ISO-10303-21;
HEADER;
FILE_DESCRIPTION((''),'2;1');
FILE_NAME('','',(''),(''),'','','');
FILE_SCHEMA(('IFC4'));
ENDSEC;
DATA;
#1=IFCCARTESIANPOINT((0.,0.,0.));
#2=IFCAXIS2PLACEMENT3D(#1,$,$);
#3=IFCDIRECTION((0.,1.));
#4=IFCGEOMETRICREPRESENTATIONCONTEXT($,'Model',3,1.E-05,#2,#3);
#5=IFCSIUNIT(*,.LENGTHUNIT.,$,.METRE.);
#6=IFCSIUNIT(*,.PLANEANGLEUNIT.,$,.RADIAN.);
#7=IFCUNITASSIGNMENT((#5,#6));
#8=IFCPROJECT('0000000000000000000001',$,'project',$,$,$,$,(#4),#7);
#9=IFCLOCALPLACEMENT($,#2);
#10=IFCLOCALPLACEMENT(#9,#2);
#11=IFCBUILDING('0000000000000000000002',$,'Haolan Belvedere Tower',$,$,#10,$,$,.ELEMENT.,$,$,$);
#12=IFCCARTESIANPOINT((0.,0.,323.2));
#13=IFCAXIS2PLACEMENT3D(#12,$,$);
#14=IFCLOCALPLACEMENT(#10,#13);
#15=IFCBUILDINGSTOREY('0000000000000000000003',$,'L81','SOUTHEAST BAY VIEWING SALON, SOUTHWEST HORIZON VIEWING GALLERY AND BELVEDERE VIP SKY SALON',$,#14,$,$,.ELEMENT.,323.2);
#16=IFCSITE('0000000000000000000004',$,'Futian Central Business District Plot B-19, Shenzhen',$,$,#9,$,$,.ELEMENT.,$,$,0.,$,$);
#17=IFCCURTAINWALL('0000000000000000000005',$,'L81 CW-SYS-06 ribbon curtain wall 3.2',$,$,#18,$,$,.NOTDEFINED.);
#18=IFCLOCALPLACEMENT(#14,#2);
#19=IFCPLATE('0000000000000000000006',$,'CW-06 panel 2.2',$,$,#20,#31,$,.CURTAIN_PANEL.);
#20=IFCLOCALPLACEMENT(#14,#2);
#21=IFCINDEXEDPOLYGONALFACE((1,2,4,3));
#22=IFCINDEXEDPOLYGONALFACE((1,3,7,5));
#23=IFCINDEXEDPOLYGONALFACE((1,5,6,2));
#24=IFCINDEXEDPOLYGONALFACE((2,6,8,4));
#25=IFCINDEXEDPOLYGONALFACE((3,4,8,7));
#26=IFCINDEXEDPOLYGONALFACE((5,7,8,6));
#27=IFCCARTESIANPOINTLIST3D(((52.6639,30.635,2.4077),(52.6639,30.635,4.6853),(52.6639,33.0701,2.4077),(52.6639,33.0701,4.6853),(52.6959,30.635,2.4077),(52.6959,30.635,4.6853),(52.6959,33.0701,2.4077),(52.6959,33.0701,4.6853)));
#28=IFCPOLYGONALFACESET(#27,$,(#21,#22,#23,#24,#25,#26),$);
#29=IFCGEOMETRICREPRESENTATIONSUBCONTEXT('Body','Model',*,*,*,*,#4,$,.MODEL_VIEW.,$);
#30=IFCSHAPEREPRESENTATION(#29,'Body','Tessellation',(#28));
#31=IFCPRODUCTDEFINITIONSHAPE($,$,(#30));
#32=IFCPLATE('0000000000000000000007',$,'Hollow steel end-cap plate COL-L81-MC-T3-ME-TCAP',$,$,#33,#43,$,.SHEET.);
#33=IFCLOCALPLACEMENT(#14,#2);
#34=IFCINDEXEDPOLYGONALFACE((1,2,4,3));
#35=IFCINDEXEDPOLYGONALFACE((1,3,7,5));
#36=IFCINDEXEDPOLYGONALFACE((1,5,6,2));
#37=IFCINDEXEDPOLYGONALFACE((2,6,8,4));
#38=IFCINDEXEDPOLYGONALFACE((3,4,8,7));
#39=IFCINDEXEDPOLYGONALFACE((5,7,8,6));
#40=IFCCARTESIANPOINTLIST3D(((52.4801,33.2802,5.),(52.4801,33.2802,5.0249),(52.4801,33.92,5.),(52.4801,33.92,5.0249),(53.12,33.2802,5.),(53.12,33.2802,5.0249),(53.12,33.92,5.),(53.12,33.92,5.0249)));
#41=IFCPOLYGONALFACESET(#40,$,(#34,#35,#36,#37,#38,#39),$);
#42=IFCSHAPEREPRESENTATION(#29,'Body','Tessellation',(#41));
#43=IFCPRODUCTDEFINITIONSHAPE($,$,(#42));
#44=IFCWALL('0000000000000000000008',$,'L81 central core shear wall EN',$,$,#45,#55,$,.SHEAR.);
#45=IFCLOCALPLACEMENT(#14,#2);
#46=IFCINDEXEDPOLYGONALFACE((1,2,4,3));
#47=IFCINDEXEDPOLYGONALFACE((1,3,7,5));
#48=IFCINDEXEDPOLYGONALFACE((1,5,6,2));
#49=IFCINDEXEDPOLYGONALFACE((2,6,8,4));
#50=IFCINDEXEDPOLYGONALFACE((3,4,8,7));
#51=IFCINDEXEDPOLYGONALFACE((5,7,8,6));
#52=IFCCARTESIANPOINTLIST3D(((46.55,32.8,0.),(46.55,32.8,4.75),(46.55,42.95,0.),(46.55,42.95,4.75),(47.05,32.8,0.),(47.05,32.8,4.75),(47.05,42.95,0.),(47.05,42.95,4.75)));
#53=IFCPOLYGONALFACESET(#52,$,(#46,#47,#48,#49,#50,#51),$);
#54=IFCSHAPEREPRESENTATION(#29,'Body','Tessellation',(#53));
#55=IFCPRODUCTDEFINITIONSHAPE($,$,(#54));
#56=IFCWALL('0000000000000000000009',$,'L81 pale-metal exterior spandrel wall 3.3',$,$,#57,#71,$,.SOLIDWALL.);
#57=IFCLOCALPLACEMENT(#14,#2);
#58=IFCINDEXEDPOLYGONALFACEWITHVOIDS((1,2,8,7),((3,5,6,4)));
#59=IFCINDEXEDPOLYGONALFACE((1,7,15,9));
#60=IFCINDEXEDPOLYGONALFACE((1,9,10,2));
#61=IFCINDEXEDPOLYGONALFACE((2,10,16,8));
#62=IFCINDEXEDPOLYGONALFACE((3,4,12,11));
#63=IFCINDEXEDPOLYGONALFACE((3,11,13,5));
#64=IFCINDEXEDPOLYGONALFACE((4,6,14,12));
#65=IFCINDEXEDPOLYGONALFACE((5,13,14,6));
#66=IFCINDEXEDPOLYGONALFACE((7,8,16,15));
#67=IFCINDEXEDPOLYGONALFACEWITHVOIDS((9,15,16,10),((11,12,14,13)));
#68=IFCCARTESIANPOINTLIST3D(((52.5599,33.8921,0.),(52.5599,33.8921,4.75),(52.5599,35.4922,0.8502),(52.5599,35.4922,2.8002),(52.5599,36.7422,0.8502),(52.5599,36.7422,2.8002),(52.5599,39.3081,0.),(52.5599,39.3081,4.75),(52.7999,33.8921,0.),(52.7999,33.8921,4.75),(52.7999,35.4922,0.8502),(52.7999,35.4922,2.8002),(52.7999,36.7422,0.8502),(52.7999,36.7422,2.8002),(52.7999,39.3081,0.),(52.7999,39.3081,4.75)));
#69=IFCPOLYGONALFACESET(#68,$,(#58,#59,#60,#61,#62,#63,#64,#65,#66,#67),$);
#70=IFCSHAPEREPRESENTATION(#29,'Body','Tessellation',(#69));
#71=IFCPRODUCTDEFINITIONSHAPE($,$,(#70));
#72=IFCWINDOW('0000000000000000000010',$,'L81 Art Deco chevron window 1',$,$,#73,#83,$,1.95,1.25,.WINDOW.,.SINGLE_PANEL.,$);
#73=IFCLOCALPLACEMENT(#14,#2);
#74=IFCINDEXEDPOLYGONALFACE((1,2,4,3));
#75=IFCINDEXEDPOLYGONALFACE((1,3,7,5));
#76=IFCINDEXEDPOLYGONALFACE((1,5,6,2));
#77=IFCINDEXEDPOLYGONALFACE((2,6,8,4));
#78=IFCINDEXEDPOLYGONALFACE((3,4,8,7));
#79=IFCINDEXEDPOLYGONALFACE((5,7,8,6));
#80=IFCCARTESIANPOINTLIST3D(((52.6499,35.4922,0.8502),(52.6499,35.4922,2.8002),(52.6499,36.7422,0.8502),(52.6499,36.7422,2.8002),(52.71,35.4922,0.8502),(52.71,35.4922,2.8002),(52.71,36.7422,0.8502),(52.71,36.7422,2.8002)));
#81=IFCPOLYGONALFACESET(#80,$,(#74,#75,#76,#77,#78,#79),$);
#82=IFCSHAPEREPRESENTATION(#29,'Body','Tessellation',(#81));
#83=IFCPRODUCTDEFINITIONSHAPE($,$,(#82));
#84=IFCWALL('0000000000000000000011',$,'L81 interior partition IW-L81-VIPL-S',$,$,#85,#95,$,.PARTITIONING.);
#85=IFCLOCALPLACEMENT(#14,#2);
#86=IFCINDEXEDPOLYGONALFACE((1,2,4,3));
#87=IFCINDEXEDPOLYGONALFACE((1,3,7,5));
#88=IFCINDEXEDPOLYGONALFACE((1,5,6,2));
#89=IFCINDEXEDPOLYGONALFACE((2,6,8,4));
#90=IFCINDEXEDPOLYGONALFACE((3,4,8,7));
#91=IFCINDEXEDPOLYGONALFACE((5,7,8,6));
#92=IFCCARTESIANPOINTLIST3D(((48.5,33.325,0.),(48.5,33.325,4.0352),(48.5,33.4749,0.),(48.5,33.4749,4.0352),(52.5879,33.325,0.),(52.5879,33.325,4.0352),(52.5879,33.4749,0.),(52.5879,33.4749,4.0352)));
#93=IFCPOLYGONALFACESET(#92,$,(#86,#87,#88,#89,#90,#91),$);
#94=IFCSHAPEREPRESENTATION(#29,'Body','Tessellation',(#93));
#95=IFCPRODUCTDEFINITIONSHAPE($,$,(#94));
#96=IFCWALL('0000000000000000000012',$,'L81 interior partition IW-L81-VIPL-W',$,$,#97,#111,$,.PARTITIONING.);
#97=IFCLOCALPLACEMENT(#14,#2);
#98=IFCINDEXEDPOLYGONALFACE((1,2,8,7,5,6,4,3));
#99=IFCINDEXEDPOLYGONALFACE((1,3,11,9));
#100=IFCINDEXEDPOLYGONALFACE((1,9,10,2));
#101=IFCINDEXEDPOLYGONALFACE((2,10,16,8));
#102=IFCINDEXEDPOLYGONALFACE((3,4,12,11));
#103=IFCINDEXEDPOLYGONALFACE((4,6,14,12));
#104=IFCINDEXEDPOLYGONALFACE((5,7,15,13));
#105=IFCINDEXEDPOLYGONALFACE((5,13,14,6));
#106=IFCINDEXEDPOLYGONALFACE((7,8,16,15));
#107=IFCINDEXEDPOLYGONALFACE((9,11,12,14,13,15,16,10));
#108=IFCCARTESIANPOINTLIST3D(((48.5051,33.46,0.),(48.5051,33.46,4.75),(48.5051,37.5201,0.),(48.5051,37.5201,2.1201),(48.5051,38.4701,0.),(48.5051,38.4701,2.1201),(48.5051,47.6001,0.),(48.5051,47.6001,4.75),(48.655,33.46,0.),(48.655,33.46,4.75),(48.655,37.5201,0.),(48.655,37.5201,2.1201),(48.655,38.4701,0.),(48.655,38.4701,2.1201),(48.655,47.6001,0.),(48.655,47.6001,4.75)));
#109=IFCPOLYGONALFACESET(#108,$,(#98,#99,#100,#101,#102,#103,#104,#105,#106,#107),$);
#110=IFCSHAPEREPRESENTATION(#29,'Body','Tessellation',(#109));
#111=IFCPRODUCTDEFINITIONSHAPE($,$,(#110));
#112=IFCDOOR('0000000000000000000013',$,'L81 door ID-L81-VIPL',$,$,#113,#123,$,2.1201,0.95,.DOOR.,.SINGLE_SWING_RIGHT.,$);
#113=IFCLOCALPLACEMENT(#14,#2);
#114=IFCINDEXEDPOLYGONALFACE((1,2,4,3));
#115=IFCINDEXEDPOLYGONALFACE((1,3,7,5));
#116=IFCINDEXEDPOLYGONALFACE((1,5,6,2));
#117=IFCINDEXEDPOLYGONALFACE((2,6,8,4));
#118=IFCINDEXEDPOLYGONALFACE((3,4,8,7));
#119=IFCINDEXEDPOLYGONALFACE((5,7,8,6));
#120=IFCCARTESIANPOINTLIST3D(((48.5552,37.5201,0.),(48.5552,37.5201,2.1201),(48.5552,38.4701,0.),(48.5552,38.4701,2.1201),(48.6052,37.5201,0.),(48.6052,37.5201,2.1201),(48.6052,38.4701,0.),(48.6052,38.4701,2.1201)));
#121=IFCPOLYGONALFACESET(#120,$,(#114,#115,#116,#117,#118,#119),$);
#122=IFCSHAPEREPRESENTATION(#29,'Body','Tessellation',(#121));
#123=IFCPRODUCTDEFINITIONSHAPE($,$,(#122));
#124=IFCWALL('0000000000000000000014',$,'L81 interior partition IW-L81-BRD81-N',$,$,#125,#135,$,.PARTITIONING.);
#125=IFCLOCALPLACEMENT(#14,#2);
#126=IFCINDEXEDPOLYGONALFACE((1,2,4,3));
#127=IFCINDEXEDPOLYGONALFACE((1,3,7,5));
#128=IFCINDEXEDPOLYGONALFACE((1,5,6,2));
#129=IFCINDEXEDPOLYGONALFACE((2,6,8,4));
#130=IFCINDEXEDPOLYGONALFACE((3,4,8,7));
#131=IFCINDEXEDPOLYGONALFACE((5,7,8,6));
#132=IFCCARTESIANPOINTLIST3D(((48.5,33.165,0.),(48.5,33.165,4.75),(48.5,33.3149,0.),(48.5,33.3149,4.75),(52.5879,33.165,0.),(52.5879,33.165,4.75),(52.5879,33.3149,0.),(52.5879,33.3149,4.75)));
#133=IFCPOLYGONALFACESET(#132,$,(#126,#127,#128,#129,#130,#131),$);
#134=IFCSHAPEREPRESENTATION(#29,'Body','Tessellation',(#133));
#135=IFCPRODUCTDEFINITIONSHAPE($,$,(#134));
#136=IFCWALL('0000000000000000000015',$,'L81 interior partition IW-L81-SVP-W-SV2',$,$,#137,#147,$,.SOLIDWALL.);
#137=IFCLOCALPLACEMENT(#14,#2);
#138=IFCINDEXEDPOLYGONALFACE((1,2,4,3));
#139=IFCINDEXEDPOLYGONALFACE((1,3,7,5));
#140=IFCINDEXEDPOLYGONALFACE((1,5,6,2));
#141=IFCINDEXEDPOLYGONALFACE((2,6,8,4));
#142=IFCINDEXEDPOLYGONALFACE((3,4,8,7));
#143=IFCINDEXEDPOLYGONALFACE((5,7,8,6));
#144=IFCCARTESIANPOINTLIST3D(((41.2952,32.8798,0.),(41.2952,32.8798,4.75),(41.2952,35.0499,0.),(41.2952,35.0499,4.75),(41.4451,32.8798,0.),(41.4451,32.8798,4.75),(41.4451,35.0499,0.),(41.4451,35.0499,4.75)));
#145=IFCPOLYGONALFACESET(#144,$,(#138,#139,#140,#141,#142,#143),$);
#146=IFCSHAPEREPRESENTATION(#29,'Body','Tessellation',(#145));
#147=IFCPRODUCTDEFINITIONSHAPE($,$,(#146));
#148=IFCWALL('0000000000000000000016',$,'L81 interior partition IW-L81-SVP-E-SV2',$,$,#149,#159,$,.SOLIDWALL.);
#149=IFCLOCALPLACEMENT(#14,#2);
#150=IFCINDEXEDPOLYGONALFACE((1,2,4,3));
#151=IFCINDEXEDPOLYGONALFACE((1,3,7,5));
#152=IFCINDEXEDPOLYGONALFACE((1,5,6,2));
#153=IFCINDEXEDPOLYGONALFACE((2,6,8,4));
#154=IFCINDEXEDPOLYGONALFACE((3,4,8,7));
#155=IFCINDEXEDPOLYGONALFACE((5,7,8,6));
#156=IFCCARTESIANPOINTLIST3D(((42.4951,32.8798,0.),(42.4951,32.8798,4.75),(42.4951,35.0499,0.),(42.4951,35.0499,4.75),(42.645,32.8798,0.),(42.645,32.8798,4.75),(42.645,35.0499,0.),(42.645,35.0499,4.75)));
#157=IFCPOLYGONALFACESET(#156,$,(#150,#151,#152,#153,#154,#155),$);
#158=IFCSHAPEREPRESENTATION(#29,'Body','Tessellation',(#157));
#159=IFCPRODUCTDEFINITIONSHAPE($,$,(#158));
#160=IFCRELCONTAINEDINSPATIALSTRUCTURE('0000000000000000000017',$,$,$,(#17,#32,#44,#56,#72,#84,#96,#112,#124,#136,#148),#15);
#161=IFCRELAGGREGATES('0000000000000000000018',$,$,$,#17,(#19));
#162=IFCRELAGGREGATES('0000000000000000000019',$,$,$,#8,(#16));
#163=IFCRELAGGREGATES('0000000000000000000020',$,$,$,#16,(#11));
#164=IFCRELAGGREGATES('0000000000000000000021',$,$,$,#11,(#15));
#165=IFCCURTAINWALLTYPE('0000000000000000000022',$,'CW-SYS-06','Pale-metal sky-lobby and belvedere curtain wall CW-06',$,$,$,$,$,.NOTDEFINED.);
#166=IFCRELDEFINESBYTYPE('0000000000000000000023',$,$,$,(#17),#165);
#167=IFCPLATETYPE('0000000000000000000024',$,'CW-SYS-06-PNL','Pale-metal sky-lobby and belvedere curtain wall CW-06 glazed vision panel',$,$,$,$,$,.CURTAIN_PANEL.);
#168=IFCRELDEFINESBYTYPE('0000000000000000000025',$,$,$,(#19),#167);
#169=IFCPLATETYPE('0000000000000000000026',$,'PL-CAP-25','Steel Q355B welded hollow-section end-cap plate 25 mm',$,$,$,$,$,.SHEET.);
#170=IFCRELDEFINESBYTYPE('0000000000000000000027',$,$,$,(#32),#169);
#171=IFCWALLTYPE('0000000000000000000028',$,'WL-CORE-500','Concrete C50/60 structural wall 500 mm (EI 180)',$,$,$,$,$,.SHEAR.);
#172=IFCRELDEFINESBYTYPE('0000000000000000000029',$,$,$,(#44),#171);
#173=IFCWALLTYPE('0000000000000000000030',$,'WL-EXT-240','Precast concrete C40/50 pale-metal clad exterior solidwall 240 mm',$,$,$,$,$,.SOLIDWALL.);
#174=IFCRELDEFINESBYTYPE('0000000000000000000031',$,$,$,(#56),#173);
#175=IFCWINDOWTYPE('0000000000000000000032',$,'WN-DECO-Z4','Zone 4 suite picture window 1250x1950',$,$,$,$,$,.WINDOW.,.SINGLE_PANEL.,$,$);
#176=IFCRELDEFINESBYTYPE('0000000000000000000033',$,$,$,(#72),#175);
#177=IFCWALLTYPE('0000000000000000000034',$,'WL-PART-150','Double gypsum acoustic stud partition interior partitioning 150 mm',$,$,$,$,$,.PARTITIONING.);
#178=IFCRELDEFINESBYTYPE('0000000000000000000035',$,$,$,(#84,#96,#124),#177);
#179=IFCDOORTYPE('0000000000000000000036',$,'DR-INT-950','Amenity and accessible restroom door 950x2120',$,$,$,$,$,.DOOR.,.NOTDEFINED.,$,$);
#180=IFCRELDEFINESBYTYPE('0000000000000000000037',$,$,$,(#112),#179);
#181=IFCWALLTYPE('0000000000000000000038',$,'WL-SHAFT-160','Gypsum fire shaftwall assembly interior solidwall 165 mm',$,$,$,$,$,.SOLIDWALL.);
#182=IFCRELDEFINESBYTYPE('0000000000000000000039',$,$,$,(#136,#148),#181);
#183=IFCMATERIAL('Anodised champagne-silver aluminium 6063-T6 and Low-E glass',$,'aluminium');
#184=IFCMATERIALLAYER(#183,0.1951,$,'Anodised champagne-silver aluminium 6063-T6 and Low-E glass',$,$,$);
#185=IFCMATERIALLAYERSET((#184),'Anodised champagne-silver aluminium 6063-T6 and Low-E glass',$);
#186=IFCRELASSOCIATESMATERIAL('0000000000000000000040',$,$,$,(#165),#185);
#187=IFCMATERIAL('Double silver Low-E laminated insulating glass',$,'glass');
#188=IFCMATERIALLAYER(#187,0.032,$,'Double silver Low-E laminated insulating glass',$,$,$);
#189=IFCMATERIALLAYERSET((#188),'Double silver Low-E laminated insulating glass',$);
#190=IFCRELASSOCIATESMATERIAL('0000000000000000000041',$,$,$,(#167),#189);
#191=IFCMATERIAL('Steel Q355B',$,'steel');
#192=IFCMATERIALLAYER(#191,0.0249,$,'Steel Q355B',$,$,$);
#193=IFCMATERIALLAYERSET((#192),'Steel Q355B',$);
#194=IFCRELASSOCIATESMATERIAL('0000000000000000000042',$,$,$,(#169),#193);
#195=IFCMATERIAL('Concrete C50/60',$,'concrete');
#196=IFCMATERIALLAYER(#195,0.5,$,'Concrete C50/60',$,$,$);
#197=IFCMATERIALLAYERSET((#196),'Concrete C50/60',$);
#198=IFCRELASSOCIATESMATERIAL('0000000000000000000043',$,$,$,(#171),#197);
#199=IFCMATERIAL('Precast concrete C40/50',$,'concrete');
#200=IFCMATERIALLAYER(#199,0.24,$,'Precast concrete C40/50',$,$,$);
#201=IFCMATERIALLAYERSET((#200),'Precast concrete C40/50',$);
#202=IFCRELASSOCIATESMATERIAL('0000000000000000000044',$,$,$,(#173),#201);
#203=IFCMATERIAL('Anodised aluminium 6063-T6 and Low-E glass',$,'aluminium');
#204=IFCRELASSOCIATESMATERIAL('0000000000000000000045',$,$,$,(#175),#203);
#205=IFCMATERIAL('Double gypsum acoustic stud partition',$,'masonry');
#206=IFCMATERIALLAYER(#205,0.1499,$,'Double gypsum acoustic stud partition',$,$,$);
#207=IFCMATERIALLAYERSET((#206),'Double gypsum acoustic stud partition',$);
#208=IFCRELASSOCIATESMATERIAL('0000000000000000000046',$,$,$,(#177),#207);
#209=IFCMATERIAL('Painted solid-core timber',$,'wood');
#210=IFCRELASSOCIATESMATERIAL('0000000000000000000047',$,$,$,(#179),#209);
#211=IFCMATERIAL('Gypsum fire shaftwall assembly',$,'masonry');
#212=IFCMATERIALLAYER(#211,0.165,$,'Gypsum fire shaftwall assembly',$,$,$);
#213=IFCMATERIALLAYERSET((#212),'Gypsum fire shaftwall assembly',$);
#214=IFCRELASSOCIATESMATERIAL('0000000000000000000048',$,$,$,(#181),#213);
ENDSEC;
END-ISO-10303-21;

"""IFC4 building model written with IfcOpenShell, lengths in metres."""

from ifc_helpers import new_model, si_unit, direction, frame, frame_2d, origin, origin_2d, place, context, subcontext, project, spatial, rectangle, extrude, material, layer, layer_set, type_object, element, fill, aggregate, save


model = new_model("IFC4")

# Units and contexts
model_context = context("Model", 3, precision=1e-05, world=origin(), true_north=direction((0.0, 1.0)))
body_context = subcontext(model_context, "Body", "Model", "MODEL_VIEW")
ifc_project = project(units=[si_unit("LENGTHUNIT", "METRE"), si_unit("PLANEANGLEUNIT", "RADIAN")], contexts=[model_context])

# Site, building, storey
site_placement = place(None, origin())
site = spatial("IfcSite", under=ifc_project, at=site_placement, Name="Futian Central Business District Plot B-19, Shenzhen", CompositionType="ELEMENT", RefElevation=0.0)
building_placement = place(site_placement, origin())
building = spatial("IfcBuilding", under=site, at=building_placement, Name="Haolan Belvedere Tower", CompositionType="ELEMENT")
storey_placement = place(building_placement, frame((0.0, 0.0, 323.2)))
storey = spatial("IfcBuildingStorey", under=building, at=storey_placement, Name="L81", Description="SOUTHEAST BAY VIEWING SALON, SOUTHWEST HORIZON VIEWING GALLERY AND BELVEDERE VIP SKY SALON", CompositionType="ELEMENT", Elevation=323.2)

# Shared definitions
ifc_material_1 = material(Name="Steel Q355B", Category="steel")

# Curtain wall, plate
ifc_material_2 = material(Name="Anodised champagne-silver aluminium 6063-T6 and Low-E glass", Category="aluminium")
ifc_layer_1 = layer(ifc_material_2, 0.1951, Name="Anodised champagne-silver aluminium 6063-T6 and Low-E glass")
ifc_layer_set_1 = layer_set([ifc_layer_1], Name="Anodised champagne-silver aluminium 6063-T6 and Low-E glass")
curtain_wall_type = type_object("IfcCurtainWallType", Name="CW-SYS-06", Description="Pale-metal sky-lobby and belvedere curtain wall CW-06", PredefinedType="NOTDEFINED", material=ifc_layer_set_1)
curtain_wall_placement = place(storey_placement, origin())
curtain_wall = element("IfcCurtainWall", 1, at=curtain_wall_placement, inside=storey, type_object=curtain_wall_type, Name="L81 CW-SYS-06 ribbon curtain wall 3.2", PredefinedType="NOTDEFINED")
ifc_material_3 = material(Name="Double silver Low-E laminated insulating glass", Category="glass")
ifc_layer_2 = layer(ifc_material_3, 0.032, Name="Double silver Low-E laminated insulating glass")
ifc_layer_set_2 = layer_set([ifc_layer_2], Name="Double silver Low-E laminated insulating glass")
plate_type_1 = type_object("IfcPlateType", Name="CW-SYS-06-PNL", Description="Pale-metal sky-lobby and belvedere curtain wall CW-06 glazed vision panel", PredefinedType="CURTAIN_PANEL", material=ifc_layer_set_2)
plate_1_placement = place(storey_placement, frame((52.6799, 31.8525, 2.4077), z_axis=(0.0, 0.0, 1.0), x_axis=(0.0, 1.0, 0.0)))
plate_1 = element("IfcPlate", 2, at=plate_1_placement, type_object=plate_type_1, Name="CW-06 panel 2.2", PredefinedType="CURTAIN_PANEL", context=body_context, shape_type="SweptSolid", body=[
    extrude(rectangle(XDim=2.4351, YDim=0.032, at=origin_2d()), origin(), (0.0, 0.0, 1.0), 2.2776),
])
aggregate(curtain_wall, [plate_1])

# Plate
ifc_layer_3 = layer(ifc_material_1, 0.0249, Name="Steel Q355B")
ifc_layer_set_3 = layer_set([ifc_layer_3], Name="Steel Q355B")
plate_type_2 = type_object("IfcPlateType", Name="PL-CAP-25", Description="Steel Q355B welded hollow-section end-cap plate 25 mm", PredefinedType="SHEET", material=ifc_layer_set_3)
plate_2_placement = place(storey_placement, frame((52.8, 33.6001, 5.0), z_axis=(0.0, 0.0, 1.0), x_axis=(1.0, 0.0, 0.0)))
element("IfcPlate", 3, at=plate_2_placement, inside=storey, type_object=plate_type_2, Name="Hollow steel end-cap plate COL-L81-MC-T3-ME-TCAP", PredefinedType="SHEET", context=body_context, shape_type="SweptSolid", body=[
    extrude(rectangle(XDim=0.6399, YDim=0.6399, at=origin_2d()), origin(), (0.0, 0.0, 1.0), 0.0249),
])

# Wall
ifc_material_4 = material(Name="Concrete C50/60", Category="concrete")
ifc_layer_4 = layer(ifc_material_4, 0.5, Name="Concrete C50/60")
ifc_layer_set_4 = layer_set([ifc_layer_4], Name="Concrete C50/60")
wall_type_1 = type_object("IfcWallType", Name="WL-CORE-500", Description="Concrete C50/60 structural wall 500 mm (EI 180)", PredefinedType="SHEAR", material=ifc_layer_set_4)
wall_1_placement = place(storey_placement, frame((46.8, 32.8, 0.0), z_axis=(0.0, 0.0, 1.0), x_axis=(0.0, 1.0, 0.0)))
element("IfcWall", 4, at=wall_1_placement, inside=storey, type_object=wall_type_1, Name="L81 central core shear wall EN", PredefinedType="SHEAR", context=body_context, shape_type="SweptSolid", body=[
    extrude(rectangle(XDim=10.1499, YDim=0.5, at=frame_2d((5.075, 0.0))), origin(), (0.0, 0.0, 1.0), 4.75),
])

# Wall, opening, window
ifc_material_5 = material(Name="Precast concrete C40/50", Category="concrete")
ifc_layer_5 = layer(ifc_material_5, 0.24, Name="Precast concrete C40/50")
ifc_layer_set_5 = layer_set([ifc_layer_5], Name="Precast concrete C40/50")
wall_type_2 = type_object("IfcWallType", Name="WL-EXT-240", Description="Precast concrete C40/50 pale-metal clad exterior solidwall 240 mm", PredefinedType="SOLIDWALL", material=ifc_layer_set_5)
wall_2_placement = place(storey_placement, frame((52.6799, 33.8921, 0.0), z_axis=(0.0, 0.0, 1.0), x_axis=(0.0, 1.0, 0.0)))
wall_2 = element("IfcWall", 5, at=wall_2_placement, inside=storey, type_object=wall_type_2, Name="L81 pale-metal exterior spandrel wall 3.3", PredefinedType="SOLIDWALL", context=body_context, shape_type="SweptSolid", body=[
    extrude(rectangle(XDim=5.416, YDim=0.24, at=frame_2d((2.708, 0.0))), origin(), (0.0, 0.0, 1.0), 4.75),
])
opening_1_placement = place(wall_2_placement, frame((1.6001, 0.0, 0.8501)))
opening_1 = element("IfcOpeningElement", 6, at=opening_1_placement, cuts=wall_2, PredefinedType="OPENING", context=body_context, shape_type="SweptSolid", body=[
    extrude(rectangle(XDim=1.25, YDim=1.95, at=frame_2d((0.625, 0.9751))), frame((0.0, 0.1299, 0.0), z_axis=(0.0, -1.0, 0.0), x_axis=(1.0, 0.0, 0.0)), (0.0, 0.0, 1.0), 0.26),
])
ifc_material_6 = material(Name="Anodised aluminium 6063-T6 and Low-E glass", Category="aluminium")
window_type = type_object("IfcWindowType", Name="WN-DECO-Z4", Description="Zone 4 suite picture window 1250x1950", PartitioningType="SINGLE_PANEL", PredefinedType="WINDOW", material=ifc_material_6)
window_placement = place(opening_1_placement, origin())
window = element("IfcWindow", 7, at=window_placement, inside=storey, type_object=window_type, Name="L81 Art Deco chevron window 1", OverallHeight=1.95, OverallWidth=1.25, PartitioningType="SINGLE_PANEL", PredefinedType="WINDOW", context=body_context, shape_type="SweptSolid", body=[
    extrude(rectangle(XDim=1.25, YDim=1.95, at=frame_2d((0.625, 0.9751))), frame((0.0, 0.03, 0.0), z_axis=(0.0, -1.0, 0.0), x_axis=(1.0, 0.0, 0.0)), (0.0, 0.0, 1.0), 0.0601),
])
fill(opening_1, window)

# Wall
ifc_material_7 = material(Name="Double gypsum acoustic stud partition", Category="masonry")
ifc_layer_6 = layer(ifc_material_7, 0.1499, Name="Double gypsum acoustic stud partition")
ifc_layer_set_6 = layer_set([ifc_layer_6], Name="Double gypsum acoustic stud partition")
wall_type_3 = type_object("IfcWallType", Name="WL-PART-150", Description="Double gypsum acoustic stud partition interior partitioning 150 mm", PredefinedType="PARTITIONING", material=ifc_layer_set_6)
wall_3_placement = place(storey_placement, frame((48.5, 33.3999, 0.0), z_axis=(0.0, 0.0, 1.0), x_axis=(1.0, 0.0, 0.0)))
element("IfcWall", 8, at=wall_3_placement, inside=storey, type_object=wall_type_3, Name="L81 interior partition IW-L81-VIPL-S", PredefinedType="PARTITIONING", context=body_context, shape_type="SweptSolid", body=[
    extrude(rectangle(XDim=4.0879, YDim=0.1499, at=frame_2d((2.0439, 0.0))), origin(), (0.0, 0.0, 1.0), 4.0352),
])

# Wall, opening, door
wall_4_placement = place(storey_placement, frame((48.5801, 33.46, 0.0), z_axis=(0.0, 0.0, 1.0), x_axis=(0.0, 1.0, 0.0)))
wall_4 = element("IfcWall", 9, at=wall_4_placement, inside=storey, type_object=wall_type_3, Name="L81 interior partition IW-L81-VIPL-W", PredefinedType="PARTITIONING", context=body_context, shape_type="SweptSolid", body=[
    extrude(rectangle(XDim=14.1401, YDim=0.1499, at=frame_2d((7.0701, 0.0))), origin(), (0.0, 0.0, 1.0), 4.75),
])
opening_2_placement = place(wall_4_placement, frame((4.0601, 0.0, 0.0)))
opening_2 = element("IfcOpeningElement", 10, at=opening_2_placement, cuts=wall_4, PredefinedType="OPENING", context=body_context, shape_type="SweptSolid", body=[
    extrude(rectangle(XDim=0.95, YDim=2.1201, at=frame_2d((0.4751, 1.0601))), frame((0.0, 0.085, 0.0), z_axis=(0.0, -1.0, 0.0), x_axis=(1.0, 0.0, 0.0)), (0.0, 0.0, 1.0), 0.1699),
])
ifc_material_8 = material(Name="Painted solid-core timber", Category="wood")
door_type_1 = type_object("IfcDoorType", Name="DR-INT-950", Description="Amenity and accessible restroom door 950x2120", OperationType="NOTDEFINED", PredefinedType="DOOR", material=ifc_material_8)
door_1_placement = place(opening_2_placement, origin())
door_1 = element("IfcDoor", 11, at=door_1_placement, inside=storey, type_object=door_type_1, Name="L81 door ID-L81-VIPL", OperationType="SINGLE_SWING_RIGHT", OverallHeight=2.1201, OverallWidth=0.95, PredefinedType="DOOR", context=body_context, shape_type="SweptSolid", body=[
    extrude(rectangle(XDim=0.95, YDim=2.1201, at=frame_2d((0.4751, 1.0601))), frame((0.0, 0.0249, 0.0), z_axis=(0.0, -1.0, 0.0), x_axis=(1.0, 0.0, 0.0)), (0.0, 0.0, 1.0), 0.05),
])
fill(opening_2, door_1)

# Walls
wall_5_placement = place(storey_placement, frame((48.5, 33.24, 0.0), z_axis=(0.0, 0.0, 1.0), x_axis=(1.0, 0.0, 0.0)))
element("IfcWall", 12, at=wall_5_placement, inside=storey, type_object=wall_type_3, Name="L81 interior partition IW-L81-BRD81-N", PredefinedType="PARTITIONING", context=body_context, shape_type="SweptSolid", body=[
    extrude(rectangle(XDim=4.0879, YDim=0.1499, at=frame_2d((2.0439, 0.0))), origin(), (0.0, 0.0, 1.0), 4.75),
])
ifc_material_9 = material(Name="Gypsum fire shaftwall assembly", Category="masonry")
ifc_layer_7 = layer(ifc_material_9, 0.165, Name="Gypsum fire shaftwall assembly")
ifc_layer_set_7 = layer_set([ifc_layer_7], Name="Gypsum fire shaftwall assembly")
wall_type_4 = type_object("IfcWallType", Name="WL-SHAFT-160", Description="Gypsum fire shaftwall assembly interior solidwall 165 mm", PredefinedType="SOLIDWALL", material=ifc_layer_set_7)
for number, where, z_axis, x_axis, name in (
    (13, (41.3701, 32.8799, 0.0), (0.0, 0.0, 1.0), (0.0, 1.0, 0.0), "L81 interior partition IW-L81-SVP-W-SV2"),
    (14, (42.5701, 32.8799, 0.0), (0.0, 0.0, 1.0), (0.0, 1.0, 0.0), "L81 interior partition IW-L81-SVP-E-SV2"),
):
    element("IfcWall", number, at=place(storey_placement, frame(where, z_axis=z_axis, x_axis=x_axis)), inside=storey, type_object=wall_type_4, Name=name, PredefinedType="SOLIDWALL", context=body_context, shape_type="SweptSolid", body=[
        extrude(rectangle(XDim=2.1702, YDim=0.1499, at=frame_2d((1.085, 0.0))), origin(), (0.0, 0.0, 1.0), 4.75),
    ])

save(model, "model.ifc")
